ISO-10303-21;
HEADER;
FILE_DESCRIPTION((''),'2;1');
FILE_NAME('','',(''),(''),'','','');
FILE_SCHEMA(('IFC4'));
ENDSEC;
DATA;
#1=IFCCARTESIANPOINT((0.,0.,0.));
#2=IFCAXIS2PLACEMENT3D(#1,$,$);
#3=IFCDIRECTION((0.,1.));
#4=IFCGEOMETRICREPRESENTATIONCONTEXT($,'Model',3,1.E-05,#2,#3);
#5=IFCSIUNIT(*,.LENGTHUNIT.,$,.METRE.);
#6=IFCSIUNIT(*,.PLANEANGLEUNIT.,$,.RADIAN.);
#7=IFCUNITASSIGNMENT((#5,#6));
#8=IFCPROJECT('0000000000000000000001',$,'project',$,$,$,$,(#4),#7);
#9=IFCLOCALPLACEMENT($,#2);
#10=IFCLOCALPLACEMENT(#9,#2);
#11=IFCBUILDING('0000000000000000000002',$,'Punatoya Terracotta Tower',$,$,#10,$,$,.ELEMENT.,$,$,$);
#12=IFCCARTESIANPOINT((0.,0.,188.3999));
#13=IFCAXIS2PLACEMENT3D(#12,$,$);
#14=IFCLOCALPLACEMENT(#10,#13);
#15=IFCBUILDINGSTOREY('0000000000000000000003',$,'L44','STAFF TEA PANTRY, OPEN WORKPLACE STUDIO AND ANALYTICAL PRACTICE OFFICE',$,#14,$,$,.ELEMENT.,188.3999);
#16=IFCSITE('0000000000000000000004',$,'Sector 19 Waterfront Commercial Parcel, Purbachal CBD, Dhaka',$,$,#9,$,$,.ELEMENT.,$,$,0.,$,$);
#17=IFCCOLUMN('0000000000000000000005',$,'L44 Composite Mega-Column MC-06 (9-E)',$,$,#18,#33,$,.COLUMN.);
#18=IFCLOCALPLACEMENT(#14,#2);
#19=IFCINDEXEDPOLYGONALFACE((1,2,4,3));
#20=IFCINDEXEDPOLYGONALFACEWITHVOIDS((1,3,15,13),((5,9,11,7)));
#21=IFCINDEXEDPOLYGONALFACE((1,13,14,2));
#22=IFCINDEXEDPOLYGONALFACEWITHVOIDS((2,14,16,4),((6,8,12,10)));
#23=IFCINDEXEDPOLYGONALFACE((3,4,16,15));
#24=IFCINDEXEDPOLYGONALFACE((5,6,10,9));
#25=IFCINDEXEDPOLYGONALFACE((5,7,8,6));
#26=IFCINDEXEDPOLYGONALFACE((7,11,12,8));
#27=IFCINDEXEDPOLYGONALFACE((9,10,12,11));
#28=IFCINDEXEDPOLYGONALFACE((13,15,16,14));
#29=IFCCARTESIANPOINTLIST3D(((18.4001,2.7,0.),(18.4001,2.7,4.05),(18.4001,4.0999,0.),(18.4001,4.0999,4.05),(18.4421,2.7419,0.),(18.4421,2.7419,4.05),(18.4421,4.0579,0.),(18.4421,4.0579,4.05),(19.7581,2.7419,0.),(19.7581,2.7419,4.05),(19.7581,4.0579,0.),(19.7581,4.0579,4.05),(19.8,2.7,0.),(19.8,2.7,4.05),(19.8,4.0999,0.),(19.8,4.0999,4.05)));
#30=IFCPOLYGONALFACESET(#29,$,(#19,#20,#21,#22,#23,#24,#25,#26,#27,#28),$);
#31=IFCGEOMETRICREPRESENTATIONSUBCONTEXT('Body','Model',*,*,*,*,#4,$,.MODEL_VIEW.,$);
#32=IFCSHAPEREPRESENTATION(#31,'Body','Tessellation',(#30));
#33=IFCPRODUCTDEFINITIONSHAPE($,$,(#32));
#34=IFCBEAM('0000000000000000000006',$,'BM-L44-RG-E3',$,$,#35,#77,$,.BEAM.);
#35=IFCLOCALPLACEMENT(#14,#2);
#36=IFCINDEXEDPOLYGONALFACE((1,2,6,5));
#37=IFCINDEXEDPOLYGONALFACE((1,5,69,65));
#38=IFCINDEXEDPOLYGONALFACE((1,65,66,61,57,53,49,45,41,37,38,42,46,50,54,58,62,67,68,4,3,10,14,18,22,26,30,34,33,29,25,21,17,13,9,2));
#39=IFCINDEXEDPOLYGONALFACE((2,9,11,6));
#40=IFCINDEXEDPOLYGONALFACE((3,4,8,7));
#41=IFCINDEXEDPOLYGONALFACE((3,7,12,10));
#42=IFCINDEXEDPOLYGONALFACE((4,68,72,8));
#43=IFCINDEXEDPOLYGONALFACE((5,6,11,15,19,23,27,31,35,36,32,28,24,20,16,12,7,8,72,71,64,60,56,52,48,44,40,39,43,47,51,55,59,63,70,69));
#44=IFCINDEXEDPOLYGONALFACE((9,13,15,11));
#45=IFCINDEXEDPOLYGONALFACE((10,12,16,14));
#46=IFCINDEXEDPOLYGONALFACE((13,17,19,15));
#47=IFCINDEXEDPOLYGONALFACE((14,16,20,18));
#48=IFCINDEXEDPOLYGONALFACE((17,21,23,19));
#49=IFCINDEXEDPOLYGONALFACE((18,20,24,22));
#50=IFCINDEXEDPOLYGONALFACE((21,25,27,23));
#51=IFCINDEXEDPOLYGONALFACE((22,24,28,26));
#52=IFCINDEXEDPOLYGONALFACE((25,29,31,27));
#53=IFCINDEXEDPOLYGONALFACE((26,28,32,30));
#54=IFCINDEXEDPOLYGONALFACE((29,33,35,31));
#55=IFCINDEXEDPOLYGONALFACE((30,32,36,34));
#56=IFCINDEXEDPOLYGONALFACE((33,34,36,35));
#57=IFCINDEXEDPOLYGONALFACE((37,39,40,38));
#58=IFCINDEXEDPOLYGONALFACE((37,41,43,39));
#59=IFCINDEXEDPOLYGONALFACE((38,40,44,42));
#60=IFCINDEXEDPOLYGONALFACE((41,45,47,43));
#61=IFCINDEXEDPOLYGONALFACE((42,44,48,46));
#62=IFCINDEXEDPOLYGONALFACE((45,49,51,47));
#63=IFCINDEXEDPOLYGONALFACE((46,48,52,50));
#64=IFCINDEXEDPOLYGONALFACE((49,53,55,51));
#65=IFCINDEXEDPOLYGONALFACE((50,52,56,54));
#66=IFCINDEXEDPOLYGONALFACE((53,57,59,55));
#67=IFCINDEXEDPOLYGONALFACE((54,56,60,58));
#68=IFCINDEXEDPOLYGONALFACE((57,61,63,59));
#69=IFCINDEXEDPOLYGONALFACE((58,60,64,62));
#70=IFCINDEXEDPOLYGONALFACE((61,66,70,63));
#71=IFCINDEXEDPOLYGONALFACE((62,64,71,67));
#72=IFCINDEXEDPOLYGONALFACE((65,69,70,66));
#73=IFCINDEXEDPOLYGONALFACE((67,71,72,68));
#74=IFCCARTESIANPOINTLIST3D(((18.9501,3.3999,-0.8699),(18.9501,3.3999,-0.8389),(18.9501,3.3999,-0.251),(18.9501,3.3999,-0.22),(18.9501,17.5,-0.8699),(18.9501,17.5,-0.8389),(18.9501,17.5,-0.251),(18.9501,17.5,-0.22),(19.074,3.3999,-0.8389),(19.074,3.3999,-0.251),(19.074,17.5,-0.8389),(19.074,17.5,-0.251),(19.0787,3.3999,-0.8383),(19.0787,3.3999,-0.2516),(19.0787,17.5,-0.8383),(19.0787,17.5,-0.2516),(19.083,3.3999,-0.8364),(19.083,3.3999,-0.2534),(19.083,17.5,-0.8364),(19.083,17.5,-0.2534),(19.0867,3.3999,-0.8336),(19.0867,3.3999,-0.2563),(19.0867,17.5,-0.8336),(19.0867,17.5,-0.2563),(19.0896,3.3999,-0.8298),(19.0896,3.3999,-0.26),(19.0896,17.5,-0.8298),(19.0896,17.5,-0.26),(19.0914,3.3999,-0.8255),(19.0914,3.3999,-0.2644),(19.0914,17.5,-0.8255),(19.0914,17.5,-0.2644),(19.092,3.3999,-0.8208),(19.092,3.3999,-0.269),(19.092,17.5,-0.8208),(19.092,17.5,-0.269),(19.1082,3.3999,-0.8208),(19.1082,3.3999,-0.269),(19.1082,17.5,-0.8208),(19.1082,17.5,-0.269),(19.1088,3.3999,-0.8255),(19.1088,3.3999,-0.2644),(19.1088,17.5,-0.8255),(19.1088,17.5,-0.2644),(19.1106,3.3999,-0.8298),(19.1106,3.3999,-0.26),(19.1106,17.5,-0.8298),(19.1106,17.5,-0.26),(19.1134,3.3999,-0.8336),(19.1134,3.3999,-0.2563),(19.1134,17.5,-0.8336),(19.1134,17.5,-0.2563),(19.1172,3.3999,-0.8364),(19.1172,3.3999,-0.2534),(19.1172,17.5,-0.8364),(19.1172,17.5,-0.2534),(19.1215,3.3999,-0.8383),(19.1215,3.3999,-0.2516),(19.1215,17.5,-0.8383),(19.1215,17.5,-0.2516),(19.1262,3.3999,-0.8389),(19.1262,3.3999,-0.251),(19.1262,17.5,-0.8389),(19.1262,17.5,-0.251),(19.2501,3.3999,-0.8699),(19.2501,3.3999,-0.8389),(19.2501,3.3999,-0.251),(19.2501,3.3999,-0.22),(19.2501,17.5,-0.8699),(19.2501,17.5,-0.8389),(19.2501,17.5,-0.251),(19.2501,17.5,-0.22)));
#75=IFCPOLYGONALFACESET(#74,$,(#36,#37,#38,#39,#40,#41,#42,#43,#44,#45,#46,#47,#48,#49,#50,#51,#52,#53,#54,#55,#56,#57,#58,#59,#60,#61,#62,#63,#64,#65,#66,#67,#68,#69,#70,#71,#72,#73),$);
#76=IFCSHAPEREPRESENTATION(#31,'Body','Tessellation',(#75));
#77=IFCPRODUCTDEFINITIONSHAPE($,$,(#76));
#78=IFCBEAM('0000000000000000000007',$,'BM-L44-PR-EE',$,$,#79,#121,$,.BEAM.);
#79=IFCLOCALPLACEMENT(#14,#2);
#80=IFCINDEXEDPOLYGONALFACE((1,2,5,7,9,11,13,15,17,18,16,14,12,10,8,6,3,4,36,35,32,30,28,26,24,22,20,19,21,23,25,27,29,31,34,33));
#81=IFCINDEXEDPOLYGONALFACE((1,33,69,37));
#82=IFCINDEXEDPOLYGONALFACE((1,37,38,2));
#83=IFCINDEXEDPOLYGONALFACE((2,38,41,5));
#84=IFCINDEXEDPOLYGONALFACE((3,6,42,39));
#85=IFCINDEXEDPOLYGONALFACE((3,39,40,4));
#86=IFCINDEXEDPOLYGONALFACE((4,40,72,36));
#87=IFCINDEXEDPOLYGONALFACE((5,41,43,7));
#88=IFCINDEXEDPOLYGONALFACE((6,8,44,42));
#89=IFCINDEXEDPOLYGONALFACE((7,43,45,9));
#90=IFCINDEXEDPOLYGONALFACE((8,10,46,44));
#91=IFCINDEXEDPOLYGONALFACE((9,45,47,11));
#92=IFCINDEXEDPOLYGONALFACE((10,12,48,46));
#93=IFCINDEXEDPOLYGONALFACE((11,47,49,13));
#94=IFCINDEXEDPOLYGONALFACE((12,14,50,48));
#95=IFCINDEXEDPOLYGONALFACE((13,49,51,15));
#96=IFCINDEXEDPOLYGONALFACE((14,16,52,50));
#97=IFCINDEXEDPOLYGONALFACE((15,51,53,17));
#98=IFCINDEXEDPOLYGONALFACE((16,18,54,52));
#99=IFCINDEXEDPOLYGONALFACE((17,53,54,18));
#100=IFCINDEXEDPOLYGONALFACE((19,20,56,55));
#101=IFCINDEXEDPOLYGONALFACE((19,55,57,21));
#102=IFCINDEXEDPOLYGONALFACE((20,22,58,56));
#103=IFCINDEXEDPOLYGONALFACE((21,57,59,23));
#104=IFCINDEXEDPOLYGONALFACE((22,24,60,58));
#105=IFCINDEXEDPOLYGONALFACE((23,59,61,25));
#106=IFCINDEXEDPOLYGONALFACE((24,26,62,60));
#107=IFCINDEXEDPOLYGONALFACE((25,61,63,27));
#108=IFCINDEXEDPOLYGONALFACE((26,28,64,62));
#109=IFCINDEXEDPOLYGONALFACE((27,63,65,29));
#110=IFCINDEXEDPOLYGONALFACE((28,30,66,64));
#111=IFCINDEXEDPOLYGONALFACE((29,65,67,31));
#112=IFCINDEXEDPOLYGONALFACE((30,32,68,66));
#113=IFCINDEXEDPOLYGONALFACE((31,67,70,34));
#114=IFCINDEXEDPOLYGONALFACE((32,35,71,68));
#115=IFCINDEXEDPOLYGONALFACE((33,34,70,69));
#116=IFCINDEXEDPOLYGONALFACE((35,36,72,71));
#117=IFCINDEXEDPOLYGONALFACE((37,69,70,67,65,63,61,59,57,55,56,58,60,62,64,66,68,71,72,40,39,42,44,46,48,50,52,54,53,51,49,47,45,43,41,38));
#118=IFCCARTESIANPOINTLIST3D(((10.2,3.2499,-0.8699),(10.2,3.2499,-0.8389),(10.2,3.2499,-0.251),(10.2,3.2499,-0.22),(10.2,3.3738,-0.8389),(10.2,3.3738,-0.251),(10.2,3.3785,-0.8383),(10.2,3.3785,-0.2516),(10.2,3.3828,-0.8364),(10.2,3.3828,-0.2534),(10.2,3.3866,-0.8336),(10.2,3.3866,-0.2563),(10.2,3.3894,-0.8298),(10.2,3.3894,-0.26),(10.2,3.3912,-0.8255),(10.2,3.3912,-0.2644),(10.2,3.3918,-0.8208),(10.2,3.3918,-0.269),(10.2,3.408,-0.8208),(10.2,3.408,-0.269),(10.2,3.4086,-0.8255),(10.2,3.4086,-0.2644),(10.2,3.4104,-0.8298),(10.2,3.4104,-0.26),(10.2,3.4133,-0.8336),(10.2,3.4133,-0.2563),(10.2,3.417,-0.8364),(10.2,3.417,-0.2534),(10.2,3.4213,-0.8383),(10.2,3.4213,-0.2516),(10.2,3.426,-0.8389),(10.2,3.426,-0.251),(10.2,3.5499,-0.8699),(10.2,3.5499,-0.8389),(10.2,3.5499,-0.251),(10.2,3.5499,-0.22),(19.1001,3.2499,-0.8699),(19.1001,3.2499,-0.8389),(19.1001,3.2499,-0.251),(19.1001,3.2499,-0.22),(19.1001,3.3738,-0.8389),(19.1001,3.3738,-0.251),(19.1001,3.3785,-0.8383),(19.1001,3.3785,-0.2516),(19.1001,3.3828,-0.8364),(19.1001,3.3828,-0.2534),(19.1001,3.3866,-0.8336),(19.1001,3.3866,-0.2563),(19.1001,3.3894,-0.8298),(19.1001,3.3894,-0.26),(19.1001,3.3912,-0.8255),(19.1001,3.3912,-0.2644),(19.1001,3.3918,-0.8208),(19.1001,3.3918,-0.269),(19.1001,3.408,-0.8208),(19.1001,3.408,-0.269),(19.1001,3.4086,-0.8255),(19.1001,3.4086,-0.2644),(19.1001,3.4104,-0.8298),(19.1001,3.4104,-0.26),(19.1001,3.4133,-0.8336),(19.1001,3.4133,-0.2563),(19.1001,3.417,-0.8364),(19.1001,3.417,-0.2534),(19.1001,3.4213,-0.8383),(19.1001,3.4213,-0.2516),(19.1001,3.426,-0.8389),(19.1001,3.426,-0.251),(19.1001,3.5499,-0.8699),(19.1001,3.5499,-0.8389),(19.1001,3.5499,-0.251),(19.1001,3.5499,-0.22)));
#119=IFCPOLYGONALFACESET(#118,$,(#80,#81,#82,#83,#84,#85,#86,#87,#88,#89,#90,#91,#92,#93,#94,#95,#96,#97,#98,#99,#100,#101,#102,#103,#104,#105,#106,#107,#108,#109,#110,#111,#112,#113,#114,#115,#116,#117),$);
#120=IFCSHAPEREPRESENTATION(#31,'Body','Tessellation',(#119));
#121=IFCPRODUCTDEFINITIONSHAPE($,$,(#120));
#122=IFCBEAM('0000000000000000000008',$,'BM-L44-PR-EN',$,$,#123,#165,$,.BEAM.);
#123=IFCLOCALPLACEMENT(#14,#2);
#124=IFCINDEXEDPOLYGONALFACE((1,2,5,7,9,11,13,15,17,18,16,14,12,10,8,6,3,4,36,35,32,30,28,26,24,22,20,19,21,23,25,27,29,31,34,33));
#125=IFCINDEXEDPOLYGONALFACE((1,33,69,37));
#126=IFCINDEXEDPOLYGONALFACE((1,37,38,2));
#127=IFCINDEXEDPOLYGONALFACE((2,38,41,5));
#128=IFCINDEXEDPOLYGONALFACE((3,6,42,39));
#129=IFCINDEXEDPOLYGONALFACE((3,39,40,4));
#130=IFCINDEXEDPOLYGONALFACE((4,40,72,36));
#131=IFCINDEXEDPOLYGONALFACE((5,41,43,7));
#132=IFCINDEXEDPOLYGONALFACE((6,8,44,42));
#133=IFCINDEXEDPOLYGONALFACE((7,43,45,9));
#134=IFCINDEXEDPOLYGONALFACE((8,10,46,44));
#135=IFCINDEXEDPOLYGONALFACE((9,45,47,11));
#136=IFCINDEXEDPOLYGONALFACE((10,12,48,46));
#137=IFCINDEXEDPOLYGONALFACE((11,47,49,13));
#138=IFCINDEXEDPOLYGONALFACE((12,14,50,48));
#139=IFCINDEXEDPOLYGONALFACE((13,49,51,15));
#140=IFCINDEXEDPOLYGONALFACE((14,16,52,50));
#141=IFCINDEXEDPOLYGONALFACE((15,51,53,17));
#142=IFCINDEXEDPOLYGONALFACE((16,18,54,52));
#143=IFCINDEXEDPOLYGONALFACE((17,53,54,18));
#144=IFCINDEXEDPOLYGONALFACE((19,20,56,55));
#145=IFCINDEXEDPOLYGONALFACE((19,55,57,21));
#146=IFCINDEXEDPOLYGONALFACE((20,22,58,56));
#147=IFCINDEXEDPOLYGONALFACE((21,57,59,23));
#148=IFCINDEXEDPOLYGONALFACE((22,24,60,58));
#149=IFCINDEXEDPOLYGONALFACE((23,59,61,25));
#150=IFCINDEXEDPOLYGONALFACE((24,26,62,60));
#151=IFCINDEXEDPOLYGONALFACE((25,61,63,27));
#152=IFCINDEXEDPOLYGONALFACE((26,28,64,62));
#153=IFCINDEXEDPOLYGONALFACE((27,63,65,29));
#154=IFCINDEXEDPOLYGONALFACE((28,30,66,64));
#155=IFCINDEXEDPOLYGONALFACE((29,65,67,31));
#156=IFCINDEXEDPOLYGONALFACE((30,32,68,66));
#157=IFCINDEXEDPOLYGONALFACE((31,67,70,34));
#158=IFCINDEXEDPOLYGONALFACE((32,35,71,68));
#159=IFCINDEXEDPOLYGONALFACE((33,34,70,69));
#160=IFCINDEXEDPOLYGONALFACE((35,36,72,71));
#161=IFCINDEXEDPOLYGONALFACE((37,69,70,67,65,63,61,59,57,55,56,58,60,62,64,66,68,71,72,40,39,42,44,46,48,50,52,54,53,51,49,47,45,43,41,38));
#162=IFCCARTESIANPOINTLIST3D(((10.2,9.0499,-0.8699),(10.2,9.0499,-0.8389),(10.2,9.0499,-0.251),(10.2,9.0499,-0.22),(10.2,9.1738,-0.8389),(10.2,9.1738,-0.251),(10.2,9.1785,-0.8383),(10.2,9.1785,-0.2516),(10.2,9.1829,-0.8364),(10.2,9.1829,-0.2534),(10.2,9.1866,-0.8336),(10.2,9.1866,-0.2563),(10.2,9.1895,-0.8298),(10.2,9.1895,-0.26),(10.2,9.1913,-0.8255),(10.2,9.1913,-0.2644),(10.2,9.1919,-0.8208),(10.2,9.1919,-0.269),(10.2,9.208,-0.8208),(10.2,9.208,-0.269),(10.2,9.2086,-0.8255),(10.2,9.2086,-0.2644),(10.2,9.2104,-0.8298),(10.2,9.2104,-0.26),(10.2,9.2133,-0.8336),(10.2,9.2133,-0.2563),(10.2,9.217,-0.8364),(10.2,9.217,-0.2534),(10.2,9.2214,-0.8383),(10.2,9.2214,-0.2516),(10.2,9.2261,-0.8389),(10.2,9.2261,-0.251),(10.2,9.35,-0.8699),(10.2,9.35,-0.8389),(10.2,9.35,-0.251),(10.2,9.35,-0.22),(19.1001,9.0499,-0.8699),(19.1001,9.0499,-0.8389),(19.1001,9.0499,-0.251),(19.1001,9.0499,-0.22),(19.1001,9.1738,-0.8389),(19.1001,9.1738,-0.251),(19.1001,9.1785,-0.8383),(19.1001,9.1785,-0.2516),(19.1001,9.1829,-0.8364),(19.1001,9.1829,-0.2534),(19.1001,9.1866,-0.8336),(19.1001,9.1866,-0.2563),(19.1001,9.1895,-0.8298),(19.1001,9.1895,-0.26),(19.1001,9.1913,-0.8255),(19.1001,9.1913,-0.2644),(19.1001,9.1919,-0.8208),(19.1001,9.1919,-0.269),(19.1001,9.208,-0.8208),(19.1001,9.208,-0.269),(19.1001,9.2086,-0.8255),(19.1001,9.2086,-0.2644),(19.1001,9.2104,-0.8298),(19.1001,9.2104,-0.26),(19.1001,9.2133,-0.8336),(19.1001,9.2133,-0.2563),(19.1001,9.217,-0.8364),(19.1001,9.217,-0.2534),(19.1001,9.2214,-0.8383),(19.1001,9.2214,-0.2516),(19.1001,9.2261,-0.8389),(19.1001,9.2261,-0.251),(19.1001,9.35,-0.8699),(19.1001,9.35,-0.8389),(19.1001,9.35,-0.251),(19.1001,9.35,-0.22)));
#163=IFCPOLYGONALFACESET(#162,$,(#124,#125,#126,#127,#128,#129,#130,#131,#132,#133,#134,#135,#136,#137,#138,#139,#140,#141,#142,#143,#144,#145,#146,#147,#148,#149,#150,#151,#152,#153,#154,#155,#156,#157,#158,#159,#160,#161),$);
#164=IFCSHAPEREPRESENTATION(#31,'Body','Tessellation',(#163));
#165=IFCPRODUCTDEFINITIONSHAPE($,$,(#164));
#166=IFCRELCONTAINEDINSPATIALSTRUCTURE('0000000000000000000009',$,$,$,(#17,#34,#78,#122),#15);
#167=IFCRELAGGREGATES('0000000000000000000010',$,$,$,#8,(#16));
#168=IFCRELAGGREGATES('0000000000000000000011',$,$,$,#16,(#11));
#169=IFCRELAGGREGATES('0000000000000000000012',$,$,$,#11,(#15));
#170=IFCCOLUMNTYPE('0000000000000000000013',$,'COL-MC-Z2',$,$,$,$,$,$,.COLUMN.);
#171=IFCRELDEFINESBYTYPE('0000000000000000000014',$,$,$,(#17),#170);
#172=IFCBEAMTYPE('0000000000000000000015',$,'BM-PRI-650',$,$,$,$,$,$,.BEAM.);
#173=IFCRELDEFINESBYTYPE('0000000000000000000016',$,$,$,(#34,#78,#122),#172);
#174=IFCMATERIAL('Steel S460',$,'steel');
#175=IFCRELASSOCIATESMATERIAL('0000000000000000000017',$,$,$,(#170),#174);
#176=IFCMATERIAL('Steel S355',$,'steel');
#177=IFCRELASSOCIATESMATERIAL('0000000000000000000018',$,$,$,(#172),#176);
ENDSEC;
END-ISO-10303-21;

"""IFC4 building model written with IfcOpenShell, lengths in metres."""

from ifc_helpers import new_model, si_unit, direction, frame, origin, origin_2d, place, context, subcontext, project, spatial, hollow_rectangle, i_section, extrude, material, material_profile, profile_set, type_object, element, save


model = new_model("IFC4")

# Units and contexts
model_context = context("Model", 3, precision=1e-05, world=origin(), true_north=direction((0.0, 1.0)))
body_context = subcontext(model_context, "Body", "Model", "MODEL_VIEW")
ifc_project = project(units=[si_unit("LENGTHUNIT", "METRE"), si_unit("PLANEANGLEUNIT", "RADIAN")], contexts=[model_context])

# Site, building, storey
site_placement = place(None, origin())
site = spatial("IfcSite", under=ifc_project, at=site_placement, Name="Sector 19 Waterfront Commercial Parcel, Purbachal CBD, Dhaka", CompositionType="ELEMENT", RefElevation=0.0)
building_placement = place(site_placement, origin())
building = spatial("IfcBuilding", under=site, at=building_placement, Name="Punatoya Terracotta Tower", CompositionType="ELEMENT")
storey_placement = place(building_placement, frame((0.0, 0.0, 188.3999)))
storey = spatial("IfcBuildingStorey", under=building, at=storey_placement, Name="L44", Description="STAFF TEA PANTRY, OPEN WORKPLACE STUDIO AND ANALYTICAL PRACTICE OFFICE", CompositionType="ELEMENT", Elevation=188.3999)

# Column
ifc_material_1 = material(Name="Steel S460", Category="steel")
ifc_material_profile_1 = material_profile(ifc_material_1, hollow_rectangle(XDim=1.3999, YDim=1.3999, WallThickness=0.042, at=origin_2d()))
ifc_profile_set_1 = profile_set([ifc_material_profile_1], Name="Steel S460")
column_type = type_object("IfcColumnType", Name="COL-MC-Z2", PredefinedType="COLUMN", material=ifc_profile_set_1)
column_placement = place(storey_placement, frame((19.1001, 3.3999, 0.0), z_axis=(0.0, 0.0, 1.0), x_axis=(1.0, 0.0, 0.0)))
element("IfcColumn", 1, at=column_placement, inside=storey, type_object=column_type, Name="L44 Composite Mega-Column MC-06 (9-E)", PredefinedType="COLUMN", context=body_context, shape_type="SweptSolid", body=[
    extrude(hollow_rectangle(XDim=1.3999, YDim=1.3999, WallThickness=0.042, at=origin_2d()), origin(), (0.0, 0.0, 1.0), 4.05),
])

# Beams
ifc_material_2 = material(Name="Steel S355", Category="steel")
ifc_material_profile_2 = material_profile(ifc_material_2, i_section(OverallWidth=0.3, OverallDepth=0.6499, WebThickness=0.0161, FlangeThickness=0.031, FilletRadius=0.0181, at=origin_2d()))
ifc_profile_set_2 = profile_set([ifc_material_profile_2], Name="Steel S355")
beam_type_1 = type_object("IfcBeamType", Name="BM-PRI-650", PredefinedType="BEAM", material=ifc_profile_set_2)
beam_1_placement = place(storey_placement, frame((19.1001, 3.3999, -0.5449), z_axis=(0.0, 1.0, 0.0), x_axis=(-1.0, 0.0, 0.0)))
element("IfcBeam", 2, at=beam_1_placement, inside=storey, type_object=beam_type_1, Name="BM-L44-RG-E3", PredefinedType="BEAM", context=body_context, shape_type="SweptSolid", body=[
    extrude(i_section(OverallWidth=0.3, OverallDepth=0.6499, WebThickness=0.0161, FlangeThickness=0.031, FilletRadius=0.0181, at=origin_2d()), origin(), (0.0, 0.0, 1.0), 14.1001),
])
for number, where, z_axis, x_axis, name in (
    (3, (10.2, 3.3999, -0.5449), (1.0, 0.0, 0.0), (0.0, 1.0, 0.0), "BM-L44-PR-EE"),
    (4, (10.2, 9.2, -0.5449), (1.0, 0.0, 0.0), (0.0, 1.0, 0.0), "BM-L44-PR-EN"),
):
    element("IfcBeam", number, at=place(storey_placement, frame(where, z_axis=z_axis, x_axis=x_axis)), inside=storey, type_object=beam_type_1, Name=name, PredefinedType="BEAM", context=body_context, shape_type="SweptSolid", body=[
        extrude(i_section(OverallWidth=0.3, OverallDepth=0.6499, WebThickness=0.0161, FlangeThickness=0.031, FilletRadius=0.0181, at=origin_2d()), origin(), (0.0, 0.0, 1.0), 8.9001),
    ])

save(model, "model.ifc")
